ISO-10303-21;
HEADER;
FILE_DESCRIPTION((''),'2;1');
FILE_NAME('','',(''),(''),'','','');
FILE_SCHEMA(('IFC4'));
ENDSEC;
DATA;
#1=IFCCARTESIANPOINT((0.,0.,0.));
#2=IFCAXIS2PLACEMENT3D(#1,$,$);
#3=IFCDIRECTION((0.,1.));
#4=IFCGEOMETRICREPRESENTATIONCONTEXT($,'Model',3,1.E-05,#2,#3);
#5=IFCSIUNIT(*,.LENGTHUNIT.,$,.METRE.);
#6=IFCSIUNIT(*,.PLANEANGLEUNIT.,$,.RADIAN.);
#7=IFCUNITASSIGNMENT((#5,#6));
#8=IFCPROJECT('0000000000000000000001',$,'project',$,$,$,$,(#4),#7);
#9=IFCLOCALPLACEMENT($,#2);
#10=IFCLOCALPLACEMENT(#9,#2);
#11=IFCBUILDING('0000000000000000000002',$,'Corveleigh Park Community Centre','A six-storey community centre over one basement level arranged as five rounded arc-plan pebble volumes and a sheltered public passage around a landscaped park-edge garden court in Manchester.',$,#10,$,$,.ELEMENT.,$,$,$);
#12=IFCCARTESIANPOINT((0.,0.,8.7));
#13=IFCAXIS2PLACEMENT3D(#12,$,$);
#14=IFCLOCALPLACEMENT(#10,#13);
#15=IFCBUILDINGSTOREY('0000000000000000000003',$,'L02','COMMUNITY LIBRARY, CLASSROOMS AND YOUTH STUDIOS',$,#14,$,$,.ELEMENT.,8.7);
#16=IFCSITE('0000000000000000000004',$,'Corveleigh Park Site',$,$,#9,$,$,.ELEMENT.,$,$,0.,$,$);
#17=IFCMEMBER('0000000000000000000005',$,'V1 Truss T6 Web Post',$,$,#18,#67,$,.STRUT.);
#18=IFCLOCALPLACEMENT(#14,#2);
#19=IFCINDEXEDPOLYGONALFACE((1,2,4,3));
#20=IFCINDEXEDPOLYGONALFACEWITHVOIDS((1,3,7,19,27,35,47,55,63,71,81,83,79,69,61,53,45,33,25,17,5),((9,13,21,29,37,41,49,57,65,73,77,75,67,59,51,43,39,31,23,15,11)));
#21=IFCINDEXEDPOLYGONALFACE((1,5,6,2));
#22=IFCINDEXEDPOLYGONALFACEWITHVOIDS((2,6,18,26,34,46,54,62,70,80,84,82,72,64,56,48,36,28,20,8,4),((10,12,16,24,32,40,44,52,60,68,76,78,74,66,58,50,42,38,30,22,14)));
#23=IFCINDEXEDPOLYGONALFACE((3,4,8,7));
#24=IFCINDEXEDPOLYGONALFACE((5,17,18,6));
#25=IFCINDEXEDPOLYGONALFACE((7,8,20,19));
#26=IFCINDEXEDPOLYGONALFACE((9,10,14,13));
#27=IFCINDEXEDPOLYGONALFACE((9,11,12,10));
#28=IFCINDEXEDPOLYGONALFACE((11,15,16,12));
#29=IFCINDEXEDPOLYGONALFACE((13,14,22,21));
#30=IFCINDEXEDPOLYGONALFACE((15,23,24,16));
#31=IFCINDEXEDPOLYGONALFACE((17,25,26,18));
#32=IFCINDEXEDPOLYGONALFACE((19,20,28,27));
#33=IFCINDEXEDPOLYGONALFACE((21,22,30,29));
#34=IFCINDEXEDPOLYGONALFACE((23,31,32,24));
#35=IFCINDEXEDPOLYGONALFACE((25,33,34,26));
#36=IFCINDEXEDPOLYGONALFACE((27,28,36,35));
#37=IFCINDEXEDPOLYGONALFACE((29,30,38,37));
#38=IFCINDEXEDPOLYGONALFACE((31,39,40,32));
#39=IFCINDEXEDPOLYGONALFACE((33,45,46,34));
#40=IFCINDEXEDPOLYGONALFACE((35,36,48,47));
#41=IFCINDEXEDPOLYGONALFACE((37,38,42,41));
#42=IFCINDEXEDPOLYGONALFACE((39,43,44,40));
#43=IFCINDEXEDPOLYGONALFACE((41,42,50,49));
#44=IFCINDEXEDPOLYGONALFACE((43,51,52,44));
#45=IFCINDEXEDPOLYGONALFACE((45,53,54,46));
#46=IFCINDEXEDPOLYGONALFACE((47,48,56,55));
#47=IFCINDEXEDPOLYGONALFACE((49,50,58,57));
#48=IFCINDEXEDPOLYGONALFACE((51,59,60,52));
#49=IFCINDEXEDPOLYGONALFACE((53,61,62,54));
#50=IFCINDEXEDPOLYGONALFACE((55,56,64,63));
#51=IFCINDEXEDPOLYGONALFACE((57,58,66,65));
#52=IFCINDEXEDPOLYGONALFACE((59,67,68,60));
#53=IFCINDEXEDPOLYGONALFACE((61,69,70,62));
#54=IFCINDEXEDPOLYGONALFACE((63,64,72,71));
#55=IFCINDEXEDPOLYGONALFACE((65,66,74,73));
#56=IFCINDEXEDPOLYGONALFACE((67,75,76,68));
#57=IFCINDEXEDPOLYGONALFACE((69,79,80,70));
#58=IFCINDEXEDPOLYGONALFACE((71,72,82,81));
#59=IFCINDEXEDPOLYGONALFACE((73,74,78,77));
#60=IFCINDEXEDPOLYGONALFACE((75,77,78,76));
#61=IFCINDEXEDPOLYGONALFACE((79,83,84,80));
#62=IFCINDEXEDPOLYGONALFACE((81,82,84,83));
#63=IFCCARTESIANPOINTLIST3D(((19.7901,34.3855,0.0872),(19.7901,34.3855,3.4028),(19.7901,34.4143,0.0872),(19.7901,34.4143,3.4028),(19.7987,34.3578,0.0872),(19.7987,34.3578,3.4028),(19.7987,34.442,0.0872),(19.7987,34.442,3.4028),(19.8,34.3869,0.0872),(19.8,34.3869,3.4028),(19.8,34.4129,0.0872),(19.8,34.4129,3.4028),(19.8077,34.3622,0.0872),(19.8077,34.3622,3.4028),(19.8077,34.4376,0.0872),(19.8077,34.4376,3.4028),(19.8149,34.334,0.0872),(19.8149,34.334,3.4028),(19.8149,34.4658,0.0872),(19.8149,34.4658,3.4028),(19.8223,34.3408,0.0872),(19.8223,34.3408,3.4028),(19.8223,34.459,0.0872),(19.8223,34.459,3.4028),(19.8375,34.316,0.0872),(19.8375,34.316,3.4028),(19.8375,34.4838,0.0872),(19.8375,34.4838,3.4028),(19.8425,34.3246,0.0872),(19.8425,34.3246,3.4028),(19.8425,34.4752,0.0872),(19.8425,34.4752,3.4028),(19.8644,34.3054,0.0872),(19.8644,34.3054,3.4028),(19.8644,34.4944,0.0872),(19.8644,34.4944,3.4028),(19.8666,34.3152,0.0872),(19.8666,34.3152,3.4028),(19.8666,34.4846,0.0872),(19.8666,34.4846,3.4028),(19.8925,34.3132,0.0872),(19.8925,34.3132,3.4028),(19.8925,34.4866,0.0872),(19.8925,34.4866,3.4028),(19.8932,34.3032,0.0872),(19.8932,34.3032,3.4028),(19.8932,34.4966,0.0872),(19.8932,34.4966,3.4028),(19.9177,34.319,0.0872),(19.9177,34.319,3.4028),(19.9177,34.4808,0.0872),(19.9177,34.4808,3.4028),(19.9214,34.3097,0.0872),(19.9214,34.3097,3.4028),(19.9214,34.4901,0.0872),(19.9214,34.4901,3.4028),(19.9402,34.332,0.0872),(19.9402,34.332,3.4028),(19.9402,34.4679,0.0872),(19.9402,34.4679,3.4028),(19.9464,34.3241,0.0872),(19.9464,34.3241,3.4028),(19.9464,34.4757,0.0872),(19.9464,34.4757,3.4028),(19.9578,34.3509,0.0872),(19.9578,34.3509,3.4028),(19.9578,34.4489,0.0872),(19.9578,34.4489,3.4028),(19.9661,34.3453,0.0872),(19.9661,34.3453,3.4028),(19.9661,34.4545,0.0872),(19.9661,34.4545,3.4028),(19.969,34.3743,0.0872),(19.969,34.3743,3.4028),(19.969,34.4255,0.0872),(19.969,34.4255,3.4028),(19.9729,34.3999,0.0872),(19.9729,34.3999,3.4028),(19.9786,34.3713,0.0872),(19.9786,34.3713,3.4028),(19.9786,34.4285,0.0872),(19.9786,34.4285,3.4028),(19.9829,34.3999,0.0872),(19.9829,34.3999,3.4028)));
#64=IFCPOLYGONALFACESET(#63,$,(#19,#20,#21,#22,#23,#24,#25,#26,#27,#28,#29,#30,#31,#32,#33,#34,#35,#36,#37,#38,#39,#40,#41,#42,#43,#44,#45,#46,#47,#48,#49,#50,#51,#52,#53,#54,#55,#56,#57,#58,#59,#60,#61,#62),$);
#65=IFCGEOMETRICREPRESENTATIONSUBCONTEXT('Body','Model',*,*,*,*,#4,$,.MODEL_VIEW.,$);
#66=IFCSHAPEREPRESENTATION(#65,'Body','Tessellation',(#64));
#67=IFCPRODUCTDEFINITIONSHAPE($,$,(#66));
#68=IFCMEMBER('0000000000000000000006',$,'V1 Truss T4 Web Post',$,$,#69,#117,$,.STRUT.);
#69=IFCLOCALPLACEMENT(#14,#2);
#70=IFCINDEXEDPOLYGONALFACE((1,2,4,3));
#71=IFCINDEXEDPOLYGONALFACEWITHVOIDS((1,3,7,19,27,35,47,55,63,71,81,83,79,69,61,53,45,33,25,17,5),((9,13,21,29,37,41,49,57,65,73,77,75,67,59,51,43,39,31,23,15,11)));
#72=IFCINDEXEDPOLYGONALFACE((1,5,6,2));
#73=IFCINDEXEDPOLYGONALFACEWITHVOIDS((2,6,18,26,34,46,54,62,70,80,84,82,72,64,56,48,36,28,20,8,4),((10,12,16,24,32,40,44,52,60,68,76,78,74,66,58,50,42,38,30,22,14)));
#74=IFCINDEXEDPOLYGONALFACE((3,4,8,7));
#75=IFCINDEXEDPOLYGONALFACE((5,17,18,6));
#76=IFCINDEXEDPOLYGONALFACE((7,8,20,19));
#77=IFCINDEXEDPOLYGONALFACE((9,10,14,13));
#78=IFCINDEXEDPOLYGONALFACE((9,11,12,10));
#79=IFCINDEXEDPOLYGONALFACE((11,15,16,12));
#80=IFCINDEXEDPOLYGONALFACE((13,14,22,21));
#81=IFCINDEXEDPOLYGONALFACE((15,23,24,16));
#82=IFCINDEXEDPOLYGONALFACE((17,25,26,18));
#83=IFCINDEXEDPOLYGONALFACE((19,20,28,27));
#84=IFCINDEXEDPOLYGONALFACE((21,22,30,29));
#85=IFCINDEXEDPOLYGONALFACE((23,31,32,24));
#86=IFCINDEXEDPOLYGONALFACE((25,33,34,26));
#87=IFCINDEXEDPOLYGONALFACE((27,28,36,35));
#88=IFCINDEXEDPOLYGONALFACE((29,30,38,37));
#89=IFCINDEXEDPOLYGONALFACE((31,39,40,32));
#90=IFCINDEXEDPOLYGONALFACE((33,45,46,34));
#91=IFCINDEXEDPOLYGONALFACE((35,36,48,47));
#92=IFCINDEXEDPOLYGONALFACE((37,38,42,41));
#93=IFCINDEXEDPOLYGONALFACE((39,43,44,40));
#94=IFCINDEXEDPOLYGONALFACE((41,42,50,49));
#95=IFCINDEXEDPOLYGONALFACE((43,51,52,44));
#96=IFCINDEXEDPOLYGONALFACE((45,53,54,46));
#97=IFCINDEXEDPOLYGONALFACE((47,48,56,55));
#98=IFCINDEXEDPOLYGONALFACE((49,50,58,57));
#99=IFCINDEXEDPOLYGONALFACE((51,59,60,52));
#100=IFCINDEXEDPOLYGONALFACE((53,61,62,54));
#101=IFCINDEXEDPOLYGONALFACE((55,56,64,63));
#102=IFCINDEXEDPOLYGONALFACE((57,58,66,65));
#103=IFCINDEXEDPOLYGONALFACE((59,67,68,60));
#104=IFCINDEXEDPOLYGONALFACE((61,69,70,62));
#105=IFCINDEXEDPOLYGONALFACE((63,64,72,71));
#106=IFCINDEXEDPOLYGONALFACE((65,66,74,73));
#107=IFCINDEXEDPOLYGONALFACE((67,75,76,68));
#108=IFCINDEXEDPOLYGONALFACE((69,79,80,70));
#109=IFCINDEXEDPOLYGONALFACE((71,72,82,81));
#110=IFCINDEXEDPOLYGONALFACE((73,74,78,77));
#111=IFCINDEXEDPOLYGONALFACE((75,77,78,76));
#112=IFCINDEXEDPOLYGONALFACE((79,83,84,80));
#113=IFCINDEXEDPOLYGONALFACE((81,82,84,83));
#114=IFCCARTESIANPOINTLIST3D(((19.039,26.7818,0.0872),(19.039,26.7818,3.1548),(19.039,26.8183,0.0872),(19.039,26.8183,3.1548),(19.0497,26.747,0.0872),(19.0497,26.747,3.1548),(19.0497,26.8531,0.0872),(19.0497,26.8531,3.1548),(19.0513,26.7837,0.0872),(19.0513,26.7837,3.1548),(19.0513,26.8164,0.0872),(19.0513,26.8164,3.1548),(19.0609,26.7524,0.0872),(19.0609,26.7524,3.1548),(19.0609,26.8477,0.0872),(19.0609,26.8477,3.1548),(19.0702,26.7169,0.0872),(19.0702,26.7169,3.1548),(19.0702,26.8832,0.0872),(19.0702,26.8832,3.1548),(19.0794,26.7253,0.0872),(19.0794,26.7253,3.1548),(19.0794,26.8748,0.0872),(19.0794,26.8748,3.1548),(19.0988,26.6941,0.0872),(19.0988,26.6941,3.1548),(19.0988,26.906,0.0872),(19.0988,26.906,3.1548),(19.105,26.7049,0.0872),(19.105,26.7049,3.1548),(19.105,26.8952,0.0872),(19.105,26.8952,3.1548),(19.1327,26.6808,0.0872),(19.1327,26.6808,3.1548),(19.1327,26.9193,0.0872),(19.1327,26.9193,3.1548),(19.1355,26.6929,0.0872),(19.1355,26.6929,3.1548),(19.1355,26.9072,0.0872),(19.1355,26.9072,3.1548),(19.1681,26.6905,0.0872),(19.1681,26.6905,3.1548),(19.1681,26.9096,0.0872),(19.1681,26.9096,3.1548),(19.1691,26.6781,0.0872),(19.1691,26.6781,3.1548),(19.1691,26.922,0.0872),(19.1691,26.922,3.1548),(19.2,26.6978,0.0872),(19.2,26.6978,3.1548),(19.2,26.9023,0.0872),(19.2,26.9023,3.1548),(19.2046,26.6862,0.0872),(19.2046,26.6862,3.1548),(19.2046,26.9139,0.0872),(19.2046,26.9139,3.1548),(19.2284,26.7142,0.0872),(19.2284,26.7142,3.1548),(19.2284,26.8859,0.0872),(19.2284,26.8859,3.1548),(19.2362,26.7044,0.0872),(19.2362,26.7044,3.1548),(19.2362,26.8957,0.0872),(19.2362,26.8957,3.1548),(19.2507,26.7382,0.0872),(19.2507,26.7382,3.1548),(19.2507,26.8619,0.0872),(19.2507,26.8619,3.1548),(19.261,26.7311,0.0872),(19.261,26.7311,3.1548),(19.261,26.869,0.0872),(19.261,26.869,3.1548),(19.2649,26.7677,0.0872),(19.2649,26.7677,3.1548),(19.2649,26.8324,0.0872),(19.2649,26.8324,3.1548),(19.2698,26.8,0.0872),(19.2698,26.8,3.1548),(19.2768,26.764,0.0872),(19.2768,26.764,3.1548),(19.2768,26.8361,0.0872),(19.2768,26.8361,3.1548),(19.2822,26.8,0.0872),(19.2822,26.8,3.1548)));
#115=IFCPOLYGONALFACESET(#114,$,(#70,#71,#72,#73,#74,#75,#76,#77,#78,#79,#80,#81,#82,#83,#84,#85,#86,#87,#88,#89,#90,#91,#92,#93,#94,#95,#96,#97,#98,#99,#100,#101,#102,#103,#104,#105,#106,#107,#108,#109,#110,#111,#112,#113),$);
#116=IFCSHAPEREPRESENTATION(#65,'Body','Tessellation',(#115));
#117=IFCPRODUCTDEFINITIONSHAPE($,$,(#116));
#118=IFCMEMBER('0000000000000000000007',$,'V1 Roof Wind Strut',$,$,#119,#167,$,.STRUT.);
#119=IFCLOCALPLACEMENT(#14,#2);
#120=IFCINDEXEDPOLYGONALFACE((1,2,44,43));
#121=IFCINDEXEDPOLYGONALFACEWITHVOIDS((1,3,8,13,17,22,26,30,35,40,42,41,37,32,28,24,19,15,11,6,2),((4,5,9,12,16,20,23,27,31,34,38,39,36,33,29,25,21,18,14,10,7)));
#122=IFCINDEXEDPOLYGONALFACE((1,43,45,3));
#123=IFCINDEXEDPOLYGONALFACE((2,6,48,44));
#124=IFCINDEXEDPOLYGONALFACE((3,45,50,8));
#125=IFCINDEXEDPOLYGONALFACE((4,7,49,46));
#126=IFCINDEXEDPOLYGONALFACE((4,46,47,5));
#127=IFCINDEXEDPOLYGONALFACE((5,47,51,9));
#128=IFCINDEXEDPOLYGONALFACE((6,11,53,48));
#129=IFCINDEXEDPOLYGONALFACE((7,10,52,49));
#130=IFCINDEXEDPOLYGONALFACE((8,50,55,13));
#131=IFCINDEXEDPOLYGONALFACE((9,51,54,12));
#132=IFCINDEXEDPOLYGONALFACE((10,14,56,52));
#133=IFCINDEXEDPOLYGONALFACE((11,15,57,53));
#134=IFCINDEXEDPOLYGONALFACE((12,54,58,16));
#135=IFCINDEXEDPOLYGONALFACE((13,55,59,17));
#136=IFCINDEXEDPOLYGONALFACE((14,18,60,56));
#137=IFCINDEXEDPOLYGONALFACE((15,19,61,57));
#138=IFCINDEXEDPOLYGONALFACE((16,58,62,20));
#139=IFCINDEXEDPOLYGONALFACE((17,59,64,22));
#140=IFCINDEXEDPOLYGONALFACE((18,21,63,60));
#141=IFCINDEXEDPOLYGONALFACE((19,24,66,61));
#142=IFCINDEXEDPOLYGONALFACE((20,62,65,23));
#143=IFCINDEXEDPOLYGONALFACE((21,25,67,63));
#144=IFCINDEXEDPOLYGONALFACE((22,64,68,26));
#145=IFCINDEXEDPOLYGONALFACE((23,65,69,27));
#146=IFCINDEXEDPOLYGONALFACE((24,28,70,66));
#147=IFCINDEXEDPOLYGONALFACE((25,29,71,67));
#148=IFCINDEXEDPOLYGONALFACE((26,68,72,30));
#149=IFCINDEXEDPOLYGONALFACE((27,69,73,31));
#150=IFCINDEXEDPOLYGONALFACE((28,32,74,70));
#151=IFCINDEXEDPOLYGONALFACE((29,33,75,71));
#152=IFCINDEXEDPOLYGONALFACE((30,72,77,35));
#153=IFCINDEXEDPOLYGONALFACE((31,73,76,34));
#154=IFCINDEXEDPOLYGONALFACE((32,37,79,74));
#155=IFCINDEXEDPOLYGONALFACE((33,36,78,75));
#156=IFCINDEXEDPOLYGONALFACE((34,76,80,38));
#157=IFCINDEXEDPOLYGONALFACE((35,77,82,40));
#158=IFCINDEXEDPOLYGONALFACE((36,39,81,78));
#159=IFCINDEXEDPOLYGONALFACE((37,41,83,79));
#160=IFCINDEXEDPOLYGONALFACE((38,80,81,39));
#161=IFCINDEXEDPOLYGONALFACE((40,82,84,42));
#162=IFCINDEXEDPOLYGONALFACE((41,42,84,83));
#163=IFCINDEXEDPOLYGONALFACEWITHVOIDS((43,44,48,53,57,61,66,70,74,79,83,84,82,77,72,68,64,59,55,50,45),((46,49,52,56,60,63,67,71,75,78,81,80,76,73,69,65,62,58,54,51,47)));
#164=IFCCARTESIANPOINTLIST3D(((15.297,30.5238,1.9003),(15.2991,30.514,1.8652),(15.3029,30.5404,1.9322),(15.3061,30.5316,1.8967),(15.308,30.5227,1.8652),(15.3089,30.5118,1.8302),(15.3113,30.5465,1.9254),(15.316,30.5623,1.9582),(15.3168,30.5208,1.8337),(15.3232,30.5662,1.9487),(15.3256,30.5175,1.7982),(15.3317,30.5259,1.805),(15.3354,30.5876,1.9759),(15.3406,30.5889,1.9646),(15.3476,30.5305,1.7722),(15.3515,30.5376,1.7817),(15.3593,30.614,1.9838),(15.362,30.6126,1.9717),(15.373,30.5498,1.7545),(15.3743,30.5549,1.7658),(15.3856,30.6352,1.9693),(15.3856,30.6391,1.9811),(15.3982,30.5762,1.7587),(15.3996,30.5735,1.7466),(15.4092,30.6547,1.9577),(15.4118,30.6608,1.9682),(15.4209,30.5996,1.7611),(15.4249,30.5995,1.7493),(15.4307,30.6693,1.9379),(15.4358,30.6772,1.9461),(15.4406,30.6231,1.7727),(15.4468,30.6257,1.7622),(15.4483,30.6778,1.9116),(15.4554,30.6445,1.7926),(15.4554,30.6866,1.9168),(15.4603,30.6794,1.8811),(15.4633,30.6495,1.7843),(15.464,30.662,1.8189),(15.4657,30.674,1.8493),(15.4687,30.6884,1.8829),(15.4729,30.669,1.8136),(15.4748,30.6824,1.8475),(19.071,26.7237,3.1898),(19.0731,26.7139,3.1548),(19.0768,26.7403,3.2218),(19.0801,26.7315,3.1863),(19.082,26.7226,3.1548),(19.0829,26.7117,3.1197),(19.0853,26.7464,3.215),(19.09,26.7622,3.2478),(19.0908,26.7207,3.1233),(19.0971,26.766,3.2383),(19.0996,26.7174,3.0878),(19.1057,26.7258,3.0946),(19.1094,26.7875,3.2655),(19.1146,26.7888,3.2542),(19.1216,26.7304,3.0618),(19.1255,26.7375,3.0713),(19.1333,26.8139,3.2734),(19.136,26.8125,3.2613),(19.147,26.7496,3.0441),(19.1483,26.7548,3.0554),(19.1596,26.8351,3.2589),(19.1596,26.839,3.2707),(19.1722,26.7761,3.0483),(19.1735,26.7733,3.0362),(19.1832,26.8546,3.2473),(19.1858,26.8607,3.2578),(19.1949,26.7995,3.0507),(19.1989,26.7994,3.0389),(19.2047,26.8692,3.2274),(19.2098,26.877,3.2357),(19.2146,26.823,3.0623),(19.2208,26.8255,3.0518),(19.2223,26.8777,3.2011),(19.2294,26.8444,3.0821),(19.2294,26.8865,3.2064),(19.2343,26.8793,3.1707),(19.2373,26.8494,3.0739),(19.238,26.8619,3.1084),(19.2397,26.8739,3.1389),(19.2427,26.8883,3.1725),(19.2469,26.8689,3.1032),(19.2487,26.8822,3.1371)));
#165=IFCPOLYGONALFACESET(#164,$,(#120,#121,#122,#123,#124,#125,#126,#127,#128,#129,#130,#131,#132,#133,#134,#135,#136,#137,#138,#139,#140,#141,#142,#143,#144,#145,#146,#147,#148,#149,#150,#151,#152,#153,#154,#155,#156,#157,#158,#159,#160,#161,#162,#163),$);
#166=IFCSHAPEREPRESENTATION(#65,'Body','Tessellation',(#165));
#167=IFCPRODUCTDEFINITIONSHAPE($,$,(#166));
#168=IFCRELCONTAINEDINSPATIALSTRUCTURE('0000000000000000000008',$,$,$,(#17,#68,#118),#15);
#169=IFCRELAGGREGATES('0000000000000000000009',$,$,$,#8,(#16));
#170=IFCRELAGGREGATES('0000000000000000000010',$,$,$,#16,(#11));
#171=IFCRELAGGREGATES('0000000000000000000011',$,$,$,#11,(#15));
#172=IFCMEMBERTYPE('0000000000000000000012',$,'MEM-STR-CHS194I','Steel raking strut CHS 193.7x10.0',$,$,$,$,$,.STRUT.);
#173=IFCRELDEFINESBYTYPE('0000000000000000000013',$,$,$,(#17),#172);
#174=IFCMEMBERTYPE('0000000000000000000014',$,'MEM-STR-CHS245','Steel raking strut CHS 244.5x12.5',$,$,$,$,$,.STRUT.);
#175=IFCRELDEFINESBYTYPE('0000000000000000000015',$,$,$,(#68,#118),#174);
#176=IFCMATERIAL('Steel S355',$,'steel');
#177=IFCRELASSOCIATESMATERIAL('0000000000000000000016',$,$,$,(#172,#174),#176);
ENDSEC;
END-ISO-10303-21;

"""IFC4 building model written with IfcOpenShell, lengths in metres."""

from ifc_helpers import new_model, si_unit, direction, frame, origin, origin_2d, place, context, subcontext, project, spatial, hollow_circle, extrude, material, material_profile, profile_set, type_object, element, save


model = new_model("IFC4")

# Units and contexts
model_context = context("Model", 3, precision=1e-05, world=origin(), true_north=direction((0.0, 1.0)))
body_context = subcontext(model_context, "Body", "Model", "MODEL_VIEW")
ifc_project = project(units=[si_unit("LENGTHUNIT", "METRE"), si_unit("PLANEANGLEUNIT", "RADIAN")], contexts=[model_context])

# Site, building, storey
site_placement = place(None, origin())
site = spatial("IfcSite", under=ifc_project, at=site_placement, Name="Corveleigh Park Site", CompositionType="ELEMENT", RefElevation=0.0)
building_placement = place(site_placement, origin())
building = spatial("IfcBuilding", under=site, at=building_placement, Name="Corveleigh Park Community Centre", Description="A six-storey community centre over one basement level arranged as five rounded arc-plan pebble volumes and a sheltered public passage around a landscaped park-edge garden court in Manchester.", CompositionType="ELEMENT")
storey_placement = place(building_placement, frame((0.0, 0.0, 8.7)))
storey = spatial("IfcBuildingStorey", under=building, at=storey_placement, Name="L02", Description="COMMUNITY LIBRARY, CLASSROOMS AND YOUTH STUDIOS", CompositionType="ELEMENT", Elevation=8.7)

# Shared definitions
ifc_material = material(Name="Steel S355", Category="steel")

# Members
ifc_material_profile_1 = material_profile(ifc_material, hollow_circle(Radius=0.0969, WallThickness=0.01, at=origin_2d()), Name="CHS 193.7x10.0", Category="steel")
ifc_profile_set_1 = profile_set([ifc_material_profile_1], Name="Steel S355")
member_type_1 = type_object("IfcMemberType", Name="MEM-STR-CHS194I", Description="Steel raking strut CHS 193.7x10.0", PredefinedType="STRUT", material=ifc_profile_set_1)
member_1_placement = place(storey_placement, frame((19.886, 34.3999, 0.0872), z_axis=(0.0, 0.0, 1.0), x_axis=(1.0, 0.0, 0.0)))
element("IfcMember", 1, at=member_1_placement, inside=storey, type_object=member_type_1, Name="V1 Truss T6 Web Post", PredefinedType="STRUT", context=body_context, shape_type="SweptSolid", body=[
    extrude(hollow_circle(Radius=0.0969, WallThickness=0.01, at=origin_2d()), origin(), (0.0, 0.0, 1.0), 3.3157),
])
ifc_material_profile_2 = material_profile(ifc_material, hollow_circle(Radius=0.1223, WallThickness=0.0125, at=origin_2d()), Name="CHS 244.5x12.5", Category="steel")
ifc_profile_set_2 = profile_set([ifc_material_profile_2], Name="Steel S355")
member_type_2 = type_object("IfcMemberType", Name="MEM-STR-CHS245", Description="Steel raking strut CHS 244.5x12.5", PredefinedType="STRUT", material=ifc_profile_set_2)
member_2_placement = place(storey_placement, frame((19.1599, 26.8, 0.0872), z_axis=(0.0, 0.0, 1.0), x_axis=(1.0, 0.0, 0.0)))
element("IfcMember", 2, at=member_2_placement, inside=storey, type_object=member_type_2, Name="V1 Truss T4 Web Post", PredefinedType="STRUT", context=body_context, shape_type="SweptSolid", body=[
    extrude(hollow_circle(Radius=0.1223, WallThickness=0.0125, at=origin_2d()), origin(), (0.0, 0.0, 1.0), 3.0676),
])
member_3_placement = place(storey_placement, frame((19.1599, 26.8, 3.1548), z_axis=(-0.685084, 0.689826, -0.234093), x_axis=(-0.709541, -0.704664, 0.0)))
element("IfcMember", 3, at=member_3_placement, inside=storey, type_object=member_type_2, Name="V1 Roof Wind Strut", PredefinedType="STRUT", context=body_context, shape_type="SweptSolid", body=[
    extrude(hollow_circle(Radius=0.1223, WallThickness=0.0125, at=origin_2d()), origin(), (0.0, 0.0, 1.0), 5.5088),
])

save(model, "model.ifc")
